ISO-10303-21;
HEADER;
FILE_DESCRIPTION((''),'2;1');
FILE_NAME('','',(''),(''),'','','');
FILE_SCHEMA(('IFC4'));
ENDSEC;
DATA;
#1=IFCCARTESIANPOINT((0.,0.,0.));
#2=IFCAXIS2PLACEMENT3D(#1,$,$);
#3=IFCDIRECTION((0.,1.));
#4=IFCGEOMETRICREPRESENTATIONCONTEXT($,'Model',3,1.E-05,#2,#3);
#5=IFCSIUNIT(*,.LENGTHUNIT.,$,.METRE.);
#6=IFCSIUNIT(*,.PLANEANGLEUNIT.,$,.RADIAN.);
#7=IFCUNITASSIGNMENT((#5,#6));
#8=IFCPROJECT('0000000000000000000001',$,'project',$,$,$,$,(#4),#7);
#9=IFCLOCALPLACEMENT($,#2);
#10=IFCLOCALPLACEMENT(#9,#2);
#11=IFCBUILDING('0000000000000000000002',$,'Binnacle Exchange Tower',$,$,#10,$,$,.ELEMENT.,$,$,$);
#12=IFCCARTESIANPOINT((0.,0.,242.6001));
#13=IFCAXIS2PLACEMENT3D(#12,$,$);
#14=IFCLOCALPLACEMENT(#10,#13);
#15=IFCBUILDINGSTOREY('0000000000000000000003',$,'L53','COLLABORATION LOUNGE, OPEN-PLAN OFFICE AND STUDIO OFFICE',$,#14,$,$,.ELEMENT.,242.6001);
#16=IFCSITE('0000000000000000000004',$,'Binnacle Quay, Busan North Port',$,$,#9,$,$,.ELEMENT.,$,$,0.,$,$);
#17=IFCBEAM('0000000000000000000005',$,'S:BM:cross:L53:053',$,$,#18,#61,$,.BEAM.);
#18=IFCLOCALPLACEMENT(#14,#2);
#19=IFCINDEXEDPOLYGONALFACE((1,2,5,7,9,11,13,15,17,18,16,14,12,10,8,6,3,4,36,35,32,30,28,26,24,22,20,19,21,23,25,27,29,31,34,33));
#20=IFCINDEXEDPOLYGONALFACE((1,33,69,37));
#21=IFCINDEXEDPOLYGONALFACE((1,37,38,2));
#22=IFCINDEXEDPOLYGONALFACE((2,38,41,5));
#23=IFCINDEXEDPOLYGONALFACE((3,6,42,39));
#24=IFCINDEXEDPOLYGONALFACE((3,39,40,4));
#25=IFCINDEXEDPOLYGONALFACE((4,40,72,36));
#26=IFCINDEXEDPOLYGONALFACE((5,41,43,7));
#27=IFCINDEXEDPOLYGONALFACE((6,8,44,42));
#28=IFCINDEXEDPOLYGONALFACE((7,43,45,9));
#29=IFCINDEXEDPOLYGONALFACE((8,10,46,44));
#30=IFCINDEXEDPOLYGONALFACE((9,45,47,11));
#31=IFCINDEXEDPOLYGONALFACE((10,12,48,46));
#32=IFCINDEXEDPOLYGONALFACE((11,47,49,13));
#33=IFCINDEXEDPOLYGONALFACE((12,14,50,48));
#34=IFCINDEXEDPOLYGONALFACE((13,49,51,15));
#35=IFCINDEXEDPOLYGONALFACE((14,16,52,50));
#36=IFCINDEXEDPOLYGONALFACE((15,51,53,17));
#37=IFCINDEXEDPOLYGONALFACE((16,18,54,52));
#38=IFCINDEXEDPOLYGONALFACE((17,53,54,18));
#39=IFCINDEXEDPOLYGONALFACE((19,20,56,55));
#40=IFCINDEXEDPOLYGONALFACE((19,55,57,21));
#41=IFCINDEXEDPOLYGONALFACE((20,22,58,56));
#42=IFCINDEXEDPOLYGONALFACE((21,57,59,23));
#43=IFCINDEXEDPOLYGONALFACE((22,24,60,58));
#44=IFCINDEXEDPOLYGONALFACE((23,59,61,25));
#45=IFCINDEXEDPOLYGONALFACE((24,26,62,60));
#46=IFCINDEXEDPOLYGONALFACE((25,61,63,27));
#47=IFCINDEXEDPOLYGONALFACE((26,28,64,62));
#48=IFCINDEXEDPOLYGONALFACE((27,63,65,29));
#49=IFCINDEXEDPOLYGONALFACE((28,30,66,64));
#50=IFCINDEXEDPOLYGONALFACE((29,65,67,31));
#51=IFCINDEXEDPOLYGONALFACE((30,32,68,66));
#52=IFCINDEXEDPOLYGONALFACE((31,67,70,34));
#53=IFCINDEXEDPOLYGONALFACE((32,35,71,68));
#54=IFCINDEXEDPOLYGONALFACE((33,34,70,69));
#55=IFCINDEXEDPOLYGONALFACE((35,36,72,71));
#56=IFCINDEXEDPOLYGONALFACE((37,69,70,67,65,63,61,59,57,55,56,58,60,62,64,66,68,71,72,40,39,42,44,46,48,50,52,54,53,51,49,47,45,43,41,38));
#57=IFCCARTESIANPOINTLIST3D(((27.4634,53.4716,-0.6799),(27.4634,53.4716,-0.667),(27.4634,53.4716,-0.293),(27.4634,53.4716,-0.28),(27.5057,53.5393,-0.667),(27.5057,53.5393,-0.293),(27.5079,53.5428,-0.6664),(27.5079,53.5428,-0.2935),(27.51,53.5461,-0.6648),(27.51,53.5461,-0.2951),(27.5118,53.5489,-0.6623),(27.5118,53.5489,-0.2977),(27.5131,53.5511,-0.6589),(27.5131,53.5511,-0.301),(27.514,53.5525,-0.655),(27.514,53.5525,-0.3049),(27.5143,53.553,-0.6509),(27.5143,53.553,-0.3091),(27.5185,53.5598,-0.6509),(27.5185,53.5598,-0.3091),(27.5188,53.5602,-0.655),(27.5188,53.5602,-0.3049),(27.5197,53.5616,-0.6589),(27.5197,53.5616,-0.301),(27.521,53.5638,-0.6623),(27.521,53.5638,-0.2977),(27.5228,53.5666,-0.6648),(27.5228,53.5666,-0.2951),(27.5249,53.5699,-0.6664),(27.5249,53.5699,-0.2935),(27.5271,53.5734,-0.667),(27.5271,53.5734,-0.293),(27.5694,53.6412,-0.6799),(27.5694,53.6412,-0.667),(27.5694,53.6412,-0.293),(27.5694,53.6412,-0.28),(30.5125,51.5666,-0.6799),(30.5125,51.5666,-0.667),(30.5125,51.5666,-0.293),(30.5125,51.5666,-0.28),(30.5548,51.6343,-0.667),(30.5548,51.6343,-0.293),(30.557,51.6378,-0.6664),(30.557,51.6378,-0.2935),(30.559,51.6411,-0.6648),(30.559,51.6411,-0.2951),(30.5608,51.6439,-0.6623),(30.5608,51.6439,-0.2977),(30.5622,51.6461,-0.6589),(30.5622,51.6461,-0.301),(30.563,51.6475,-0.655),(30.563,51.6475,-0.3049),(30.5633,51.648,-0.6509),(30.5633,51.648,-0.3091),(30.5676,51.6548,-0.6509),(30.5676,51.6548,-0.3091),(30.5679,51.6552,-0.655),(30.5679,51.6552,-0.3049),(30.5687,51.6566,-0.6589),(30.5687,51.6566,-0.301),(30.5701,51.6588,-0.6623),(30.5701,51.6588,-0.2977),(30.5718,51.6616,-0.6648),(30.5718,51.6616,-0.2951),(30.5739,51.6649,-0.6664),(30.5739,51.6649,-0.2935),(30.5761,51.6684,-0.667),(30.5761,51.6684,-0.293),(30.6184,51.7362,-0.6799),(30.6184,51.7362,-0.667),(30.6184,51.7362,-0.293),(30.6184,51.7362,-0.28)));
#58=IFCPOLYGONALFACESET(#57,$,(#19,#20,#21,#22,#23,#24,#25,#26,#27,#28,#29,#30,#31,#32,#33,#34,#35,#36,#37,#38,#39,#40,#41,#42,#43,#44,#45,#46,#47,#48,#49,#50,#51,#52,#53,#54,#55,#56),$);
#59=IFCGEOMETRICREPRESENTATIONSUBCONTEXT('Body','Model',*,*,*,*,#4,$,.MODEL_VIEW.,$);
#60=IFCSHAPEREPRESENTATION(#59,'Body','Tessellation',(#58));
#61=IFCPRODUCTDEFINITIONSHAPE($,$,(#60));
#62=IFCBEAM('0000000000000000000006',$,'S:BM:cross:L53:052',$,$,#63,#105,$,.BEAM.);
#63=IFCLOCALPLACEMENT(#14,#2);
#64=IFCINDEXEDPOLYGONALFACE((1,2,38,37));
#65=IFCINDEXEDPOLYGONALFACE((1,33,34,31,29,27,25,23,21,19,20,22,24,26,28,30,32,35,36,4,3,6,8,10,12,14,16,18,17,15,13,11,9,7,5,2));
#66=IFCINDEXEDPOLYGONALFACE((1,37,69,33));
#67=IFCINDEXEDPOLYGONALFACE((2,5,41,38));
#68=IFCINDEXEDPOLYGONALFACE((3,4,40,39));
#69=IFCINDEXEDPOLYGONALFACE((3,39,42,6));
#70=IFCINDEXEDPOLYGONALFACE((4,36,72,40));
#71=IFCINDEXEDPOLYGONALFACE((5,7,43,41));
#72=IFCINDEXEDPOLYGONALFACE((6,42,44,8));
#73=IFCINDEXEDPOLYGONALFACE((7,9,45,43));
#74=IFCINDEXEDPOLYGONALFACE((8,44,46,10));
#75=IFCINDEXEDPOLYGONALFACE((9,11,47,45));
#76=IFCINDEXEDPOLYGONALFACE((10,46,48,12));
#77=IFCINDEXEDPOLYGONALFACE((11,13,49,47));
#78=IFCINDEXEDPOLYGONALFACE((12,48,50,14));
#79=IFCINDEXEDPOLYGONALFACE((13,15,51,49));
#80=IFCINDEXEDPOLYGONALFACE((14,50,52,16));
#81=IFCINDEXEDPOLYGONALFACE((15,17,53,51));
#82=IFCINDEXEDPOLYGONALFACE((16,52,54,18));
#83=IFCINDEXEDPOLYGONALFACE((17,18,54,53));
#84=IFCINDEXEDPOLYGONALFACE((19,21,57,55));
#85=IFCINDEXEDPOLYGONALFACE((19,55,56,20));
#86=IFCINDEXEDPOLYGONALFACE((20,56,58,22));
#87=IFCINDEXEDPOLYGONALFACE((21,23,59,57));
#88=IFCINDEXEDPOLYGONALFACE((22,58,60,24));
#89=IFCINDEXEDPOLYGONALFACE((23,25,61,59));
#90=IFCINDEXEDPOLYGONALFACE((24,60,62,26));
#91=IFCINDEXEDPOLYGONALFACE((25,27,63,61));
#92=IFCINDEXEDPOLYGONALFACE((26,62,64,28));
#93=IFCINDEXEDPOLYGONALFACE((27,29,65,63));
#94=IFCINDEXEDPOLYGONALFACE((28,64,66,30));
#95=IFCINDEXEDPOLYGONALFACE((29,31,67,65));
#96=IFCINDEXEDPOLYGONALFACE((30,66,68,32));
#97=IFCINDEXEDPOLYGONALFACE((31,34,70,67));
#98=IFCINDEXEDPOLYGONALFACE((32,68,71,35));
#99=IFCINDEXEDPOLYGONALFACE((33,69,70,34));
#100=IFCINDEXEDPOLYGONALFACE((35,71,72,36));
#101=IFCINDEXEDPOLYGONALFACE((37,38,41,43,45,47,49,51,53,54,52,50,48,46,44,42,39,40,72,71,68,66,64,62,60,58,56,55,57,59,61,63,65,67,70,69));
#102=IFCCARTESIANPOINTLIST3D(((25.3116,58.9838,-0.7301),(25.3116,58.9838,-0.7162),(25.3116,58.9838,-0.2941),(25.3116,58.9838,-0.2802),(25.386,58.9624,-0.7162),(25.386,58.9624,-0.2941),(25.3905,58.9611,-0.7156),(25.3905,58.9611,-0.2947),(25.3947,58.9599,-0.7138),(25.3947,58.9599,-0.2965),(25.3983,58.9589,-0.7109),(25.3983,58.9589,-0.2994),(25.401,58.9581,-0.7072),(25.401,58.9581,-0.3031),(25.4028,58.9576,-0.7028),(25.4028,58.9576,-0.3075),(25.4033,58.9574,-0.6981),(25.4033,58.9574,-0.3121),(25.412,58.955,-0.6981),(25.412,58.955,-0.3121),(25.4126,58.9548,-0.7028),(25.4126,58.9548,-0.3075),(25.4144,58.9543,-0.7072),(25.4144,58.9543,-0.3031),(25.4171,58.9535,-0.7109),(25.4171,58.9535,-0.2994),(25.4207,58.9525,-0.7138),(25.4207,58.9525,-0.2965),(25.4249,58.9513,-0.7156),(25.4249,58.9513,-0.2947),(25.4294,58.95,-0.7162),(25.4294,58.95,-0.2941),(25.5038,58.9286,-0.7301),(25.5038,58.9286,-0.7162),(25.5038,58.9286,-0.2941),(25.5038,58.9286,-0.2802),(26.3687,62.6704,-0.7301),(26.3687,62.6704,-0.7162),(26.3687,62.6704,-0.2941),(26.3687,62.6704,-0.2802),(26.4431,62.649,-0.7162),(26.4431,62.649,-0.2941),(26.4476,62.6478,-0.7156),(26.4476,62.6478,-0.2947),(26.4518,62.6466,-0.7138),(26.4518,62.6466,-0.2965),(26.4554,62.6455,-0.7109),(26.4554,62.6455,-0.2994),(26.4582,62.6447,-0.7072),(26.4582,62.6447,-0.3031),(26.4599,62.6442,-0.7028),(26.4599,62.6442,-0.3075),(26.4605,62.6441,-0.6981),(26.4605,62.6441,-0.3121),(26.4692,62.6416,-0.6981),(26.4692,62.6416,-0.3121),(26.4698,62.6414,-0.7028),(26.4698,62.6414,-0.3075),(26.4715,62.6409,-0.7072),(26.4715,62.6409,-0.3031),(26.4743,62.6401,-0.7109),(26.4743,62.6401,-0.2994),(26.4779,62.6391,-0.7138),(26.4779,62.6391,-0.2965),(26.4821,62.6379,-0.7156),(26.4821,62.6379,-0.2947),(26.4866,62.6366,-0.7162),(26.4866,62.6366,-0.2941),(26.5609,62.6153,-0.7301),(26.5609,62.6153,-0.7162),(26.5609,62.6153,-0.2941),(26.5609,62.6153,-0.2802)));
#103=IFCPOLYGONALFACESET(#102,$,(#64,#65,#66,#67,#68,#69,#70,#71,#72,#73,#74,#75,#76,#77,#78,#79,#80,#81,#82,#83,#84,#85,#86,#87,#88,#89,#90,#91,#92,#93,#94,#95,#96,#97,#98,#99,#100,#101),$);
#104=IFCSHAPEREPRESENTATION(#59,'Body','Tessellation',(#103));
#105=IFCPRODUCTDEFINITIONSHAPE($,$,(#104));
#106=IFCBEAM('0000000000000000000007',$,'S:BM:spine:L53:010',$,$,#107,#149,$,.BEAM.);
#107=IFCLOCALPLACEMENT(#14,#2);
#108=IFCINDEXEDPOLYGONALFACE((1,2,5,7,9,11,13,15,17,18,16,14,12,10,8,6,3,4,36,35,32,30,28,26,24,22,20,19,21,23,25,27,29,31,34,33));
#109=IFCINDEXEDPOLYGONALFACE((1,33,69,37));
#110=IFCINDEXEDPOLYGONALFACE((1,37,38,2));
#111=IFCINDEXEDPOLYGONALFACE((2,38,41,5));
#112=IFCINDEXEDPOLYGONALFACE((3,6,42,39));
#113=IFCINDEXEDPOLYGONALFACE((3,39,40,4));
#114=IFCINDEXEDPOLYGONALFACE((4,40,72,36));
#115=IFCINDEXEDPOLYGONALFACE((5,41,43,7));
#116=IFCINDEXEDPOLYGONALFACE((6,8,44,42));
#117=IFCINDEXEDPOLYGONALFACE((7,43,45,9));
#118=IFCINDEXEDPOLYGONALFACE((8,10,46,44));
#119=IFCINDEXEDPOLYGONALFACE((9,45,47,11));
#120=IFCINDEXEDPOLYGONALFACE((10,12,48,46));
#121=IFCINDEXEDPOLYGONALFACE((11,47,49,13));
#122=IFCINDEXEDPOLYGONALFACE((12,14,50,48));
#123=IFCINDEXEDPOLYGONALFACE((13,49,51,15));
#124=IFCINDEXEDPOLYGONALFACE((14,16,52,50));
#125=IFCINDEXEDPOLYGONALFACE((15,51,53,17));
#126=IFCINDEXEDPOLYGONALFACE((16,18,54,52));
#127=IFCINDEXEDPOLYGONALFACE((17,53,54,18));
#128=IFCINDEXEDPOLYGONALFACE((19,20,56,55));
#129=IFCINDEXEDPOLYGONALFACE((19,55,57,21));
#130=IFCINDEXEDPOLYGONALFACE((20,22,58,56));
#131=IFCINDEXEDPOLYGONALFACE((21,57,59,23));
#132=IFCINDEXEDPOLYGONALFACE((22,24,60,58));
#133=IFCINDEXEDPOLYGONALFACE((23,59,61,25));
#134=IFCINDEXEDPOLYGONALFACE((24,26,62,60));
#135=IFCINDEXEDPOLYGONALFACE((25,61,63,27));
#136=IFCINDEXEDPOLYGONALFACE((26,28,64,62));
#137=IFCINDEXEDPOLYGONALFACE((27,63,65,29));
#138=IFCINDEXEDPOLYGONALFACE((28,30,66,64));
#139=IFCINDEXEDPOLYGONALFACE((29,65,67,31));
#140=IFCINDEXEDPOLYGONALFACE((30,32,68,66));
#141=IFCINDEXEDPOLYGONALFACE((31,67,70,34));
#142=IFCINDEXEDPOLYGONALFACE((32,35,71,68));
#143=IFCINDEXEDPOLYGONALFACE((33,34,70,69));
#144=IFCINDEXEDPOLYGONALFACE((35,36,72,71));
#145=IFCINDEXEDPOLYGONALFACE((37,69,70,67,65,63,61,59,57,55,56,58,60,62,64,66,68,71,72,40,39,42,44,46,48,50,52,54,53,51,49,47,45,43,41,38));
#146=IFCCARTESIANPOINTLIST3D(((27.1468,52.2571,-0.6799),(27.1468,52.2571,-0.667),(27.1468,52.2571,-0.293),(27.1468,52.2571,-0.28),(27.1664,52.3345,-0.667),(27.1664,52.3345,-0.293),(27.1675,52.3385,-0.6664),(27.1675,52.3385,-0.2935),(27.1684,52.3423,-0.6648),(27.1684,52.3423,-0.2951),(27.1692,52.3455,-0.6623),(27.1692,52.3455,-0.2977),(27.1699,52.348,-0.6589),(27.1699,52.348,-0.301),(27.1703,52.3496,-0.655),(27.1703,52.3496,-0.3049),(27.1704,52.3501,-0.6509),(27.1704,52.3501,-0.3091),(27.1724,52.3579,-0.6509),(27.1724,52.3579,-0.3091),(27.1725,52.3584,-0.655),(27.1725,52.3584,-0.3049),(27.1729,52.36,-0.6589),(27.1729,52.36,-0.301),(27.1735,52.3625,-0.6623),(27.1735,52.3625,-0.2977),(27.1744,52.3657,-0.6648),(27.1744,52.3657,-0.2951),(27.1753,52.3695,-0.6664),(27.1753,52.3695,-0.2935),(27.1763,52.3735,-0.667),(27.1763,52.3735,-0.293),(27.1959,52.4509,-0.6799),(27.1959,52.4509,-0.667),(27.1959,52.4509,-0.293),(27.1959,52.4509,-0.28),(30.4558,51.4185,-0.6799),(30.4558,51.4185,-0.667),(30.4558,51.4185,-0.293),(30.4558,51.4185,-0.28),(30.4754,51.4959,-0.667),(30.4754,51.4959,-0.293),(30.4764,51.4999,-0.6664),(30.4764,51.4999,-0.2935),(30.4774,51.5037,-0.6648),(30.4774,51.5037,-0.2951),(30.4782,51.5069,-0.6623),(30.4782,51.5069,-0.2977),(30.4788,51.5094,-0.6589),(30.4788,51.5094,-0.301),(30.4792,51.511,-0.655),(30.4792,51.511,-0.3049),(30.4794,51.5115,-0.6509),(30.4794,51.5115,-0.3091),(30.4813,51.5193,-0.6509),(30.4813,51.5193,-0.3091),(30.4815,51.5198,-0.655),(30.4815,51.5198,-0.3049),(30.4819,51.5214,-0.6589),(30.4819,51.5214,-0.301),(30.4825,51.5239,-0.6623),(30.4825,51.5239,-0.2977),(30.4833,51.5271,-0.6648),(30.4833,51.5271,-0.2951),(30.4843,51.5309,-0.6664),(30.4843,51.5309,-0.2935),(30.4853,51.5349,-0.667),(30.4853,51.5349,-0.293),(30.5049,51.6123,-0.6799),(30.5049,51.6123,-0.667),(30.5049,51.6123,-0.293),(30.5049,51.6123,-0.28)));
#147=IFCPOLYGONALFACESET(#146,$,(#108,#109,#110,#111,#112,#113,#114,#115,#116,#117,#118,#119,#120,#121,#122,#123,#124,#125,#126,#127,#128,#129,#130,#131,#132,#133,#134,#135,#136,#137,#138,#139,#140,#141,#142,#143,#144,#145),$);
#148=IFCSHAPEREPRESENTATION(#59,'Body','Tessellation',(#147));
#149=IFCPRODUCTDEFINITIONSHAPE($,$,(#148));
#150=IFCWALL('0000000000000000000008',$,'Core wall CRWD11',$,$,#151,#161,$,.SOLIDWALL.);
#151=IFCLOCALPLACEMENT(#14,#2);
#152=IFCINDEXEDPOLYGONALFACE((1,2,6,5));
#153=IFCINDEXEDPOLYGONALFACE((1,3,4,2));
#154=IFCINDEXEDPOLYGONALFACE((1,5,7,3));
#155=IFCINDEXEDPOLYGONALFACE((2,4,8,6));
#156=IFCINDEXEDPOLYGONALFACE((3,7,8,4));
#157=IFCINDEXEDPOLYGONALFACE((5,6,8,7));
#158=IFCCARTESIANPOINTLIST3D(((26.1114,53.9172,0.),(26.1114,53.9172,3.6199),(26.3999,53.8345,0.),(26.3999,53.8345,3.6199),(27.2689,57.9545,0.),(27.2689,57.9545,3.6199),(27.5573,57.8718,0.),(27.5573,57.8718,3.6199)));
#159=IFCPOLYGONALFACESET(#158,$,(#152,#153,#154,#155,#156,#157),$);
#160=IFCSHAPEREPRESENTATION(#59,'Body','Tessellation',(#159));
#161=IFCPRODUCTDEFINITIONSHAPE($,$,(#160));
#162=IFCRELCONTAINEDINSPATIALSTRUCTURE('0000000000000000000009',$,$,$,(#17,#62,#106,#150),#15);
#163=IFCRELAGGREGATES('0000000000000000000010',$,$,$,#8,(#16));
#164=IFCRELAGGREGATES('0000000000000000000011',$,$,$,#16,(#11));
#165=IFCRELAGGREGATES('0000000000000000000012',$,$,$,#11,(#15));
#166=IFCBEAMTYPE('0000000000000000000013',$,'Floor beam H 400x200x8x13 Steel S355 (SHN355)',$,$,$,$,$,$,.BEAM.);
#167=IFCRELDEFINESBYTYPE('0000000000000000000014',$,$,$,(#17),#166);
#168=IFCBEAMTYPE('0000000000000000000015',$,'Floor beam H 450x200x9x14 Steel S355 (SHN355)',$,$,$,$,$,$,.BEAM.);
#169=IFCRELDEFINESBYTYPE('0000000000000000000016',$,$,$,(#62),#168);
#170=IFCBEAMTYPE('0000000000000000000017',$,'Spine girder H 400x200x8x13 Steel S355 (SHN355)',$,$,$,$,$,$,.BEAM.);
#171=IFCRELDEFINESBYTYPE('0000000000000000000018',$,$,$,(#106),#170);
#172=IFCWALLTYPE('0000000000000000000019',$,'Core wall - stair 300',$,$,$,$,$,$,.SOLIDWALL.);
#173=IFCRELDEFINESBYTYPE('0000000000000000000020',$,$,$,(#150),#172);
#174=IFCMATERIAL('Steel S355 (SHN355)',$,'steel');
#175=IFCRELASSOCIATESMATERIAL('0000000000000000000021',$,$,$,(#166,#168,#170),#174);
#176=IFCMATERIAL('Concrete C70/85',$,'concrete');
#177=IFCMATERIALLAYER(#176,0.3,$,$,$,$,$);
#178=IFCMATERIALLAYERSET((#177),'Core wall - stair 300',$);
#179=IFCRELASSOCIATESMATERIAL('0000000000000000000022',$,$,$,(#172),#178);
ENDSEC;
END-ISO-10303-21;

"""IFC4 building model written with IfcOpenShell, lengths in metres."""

from ifc_helpers import new_model, si_unit, direction, frame, frame_2d, origin, origin_2d, place, context, subcontext, project, spatial, rectangle, i_section, extrude, material, layer, layer_set, material_profile, profile_set, type_object, element, save


model = new_model("IFC4")

# Units and contexts
model_context = context("Model", 3, precision=1e-05, world=origin(), true_north=direction((0.0, 1.0)))
body_context = subcontext(model_context, "Body", "Model", "MODEL_VIEW")
ifc_project = project(units=[si_unit("LENGTHUNIT", "METRE"), si_unit("PLANEANGLEUNIT", "RADIAN")], contexts=[model_context])

# Site, building, storey
site_placement = place(None, origin())
site = spatial("IfcSite", under=ifc_project, at=site_placement, Name="Binnacle Quay, Busan North Port", CompositionType="ELEMENT", RefElevation=0.0)
building_placement = place(site_placement, origin())
building = spatial("IfcBuilding", under=site, at=building_placement, Name="Binnacle Exchange Tower", CompositionType="ELEMENT")
storey_placement = place(building_placement, frame((0.0, 0.0, 242.6001)))
storey = spatial("IfcBuildingStorey", under=building, at=storey_placement, Name="L53", Description="COLLABORATION LOUNGE, OPEN-PLAN OFFICE AND STUDIO OFFICE", CompositionType="ELEMENT", Elevation=242.6001)

# Beams
ifc_material_1 = material(Name="Steel S355 (SHN355)", Category="steel")
ifc_material_profile_1 = material_profile(ifc_material_1, i_section(OverallWidth=0.2, OverallDepth=0.3999, WebThickness=0.0081, FlangeThickness=0.0129, FilletRadius=0.0161, at=origin_2d()), Name="H 400x200x8x13")
ifc_profile_set_1 = profile_set([ifc_material_profile_1], Name="Steel S355 (SHN355)")
beam_type_1 = type_object("IfcBeamType", Name="Floor beam H 400x200x8x13 Steel S355 (SHN355)", PredefinedType="BEAM", material=ifc_profile_set_1)
beam_1_placement = place(storey_placement, frame((30.5654, 51.6514, -0.48), z_axis=(-0.848078, 0.529871, 0.0), x_axis=(-0.529871, -0.848078, 0.0)))
element("IfcBeam", 1, at=beam_1_placement, inside=storey, type_object=beam_type_1, Name="S:BM:cross:L53:053", PredefinedType="BEAM", context=body_context, shape_type="SweptSolid", body=[
    extrude(i_section(OverallWidth=0.2, OverallDepth=0.3999, WebThickness=0.0081, FlangeThickness=0.0129, FilletRadius=0.0161, at=origin_2d()), origin(), (0.0, 0.0, 1.0), 3.5952),
])
ifc_material_profile_2 = material_profile(ifc_material_1, i_section(OverallWidth=0.2, OverallDepth=0.45, WebThickness=0.009, FlangeThickness=0.0139, FilletRadius=0.0181, at=origin_2d()), Name="H 450x200x9x14")
ifc_profile_set_2 = profile_set([ifc_material_profile_2], Name="Steel S355 (SHN355)")
beam_type_2 = type_object("IfcBeamType", Name="Floor beam H 450x200x9x14 Steel S355 (SHN355)", PredefinedType="BEAM", material=ifc_profile_set_2)
beam_2_placement = place(storey_placement, frame((26.4648, 62.6428, -0.5051), z_axis=(-0.275646, -0.961259, 0.0), x_axis=(0.961259, -0.275646, 0.0)))
element("IfcBeam", 2, at=beam_2_placement, inside=storey, type_object=beam_type_2, Name="S:BM:cross:L53:052", PredefinedType="BEAM", context=body_context, shape_type="SweptSolid", body=[
    extrude(i_section(OverallWidth=0.2, OverallDepth=0.45, WebThickness=0.009, FlangeThickness=0.0139, FilletRadius=0.0181, at=origin_2d()), origin(), (0.0, 0.0, 1.0), 3.8352),
])
ifc_material_profile_3 = material_profile(ifc_material_1, i_section(OverallWidth=0.2, OverallDepth=0.3999, WebThickness=0.0081, FlangeThickness=0.0129, FilletRadius=0.0161, at=origin_2d()), Name="H 400x200x8x13")
ifc_profile_set_3 = profile_set([ifc_material_profile_3], Name="Steel S355 (SHN355)")
beam_type_3 = type_object("IfcBeamType", Name="Spine girder H 400x200x8x13 Steel S355 (SHN355)", PredefinedType="BEAM", material=ifc_profile_set_3)
beam_3_placement = place(storey_placement, frame((27.1714, 52.354, -0.48), z_axis=(0.969355, -0.245664, 0.0), x_axis=(0.245664, 0.969355, 0.0)))
element("IfcBeam", 3, at=beam_3_placement, inside=storey, type_object=beam_type_3, Name="S:BM:spine:L53:010", PredefinedType="BEAM", context=body_context, shape_type="SweptSolid", body=[
    extrude(i_section(OverallWidth=0.2, OverallDepth=0.3999, WebThickness=0.0081, FlangeThickness=0.0129, FilletRadius=0.0161, at=origin_2d()), origin(), (0.0, 0.0, 1.0), 3.4136),
])

# Wall
ifc_material_2 = material(Name="Concrete C70/85", Category="concrete")
ifc_layer_1 = layer(ifc_material_2, 0.3)
ifc_layer_set_1 = layer_set([ifc_layer_1], Name="Core wall - stair 300")
wall_type_1 = type_object("IfcWallType", Name="Core wall - stair 300", PredefinedType="SOLIDWALL", material=ifc_layer_set_1)
wall_1_placement = place(storey_placement, frame((26.2556, 53.8757, 0.0), z_axis=(0.0, 0.0, 1.0), x_axis=(0.275589, 0.961276, 0.0)))
element("IfcWall", 4, at=wall_1_placement, inside=storey, type_object=wall_type_1, Name="Core wall CRWD11", PredefinedType="SOLIDWALL", context=body_context, shape_type="SweptSolid", body=[
    extrude(rectangle(XDim=4.2, YDim=0.3, at=frame_2d((2.1001, 0.0))), origin(), (0.0, 0.0, 1.0), 3.6199),
])

save(model, "model.ifc")
